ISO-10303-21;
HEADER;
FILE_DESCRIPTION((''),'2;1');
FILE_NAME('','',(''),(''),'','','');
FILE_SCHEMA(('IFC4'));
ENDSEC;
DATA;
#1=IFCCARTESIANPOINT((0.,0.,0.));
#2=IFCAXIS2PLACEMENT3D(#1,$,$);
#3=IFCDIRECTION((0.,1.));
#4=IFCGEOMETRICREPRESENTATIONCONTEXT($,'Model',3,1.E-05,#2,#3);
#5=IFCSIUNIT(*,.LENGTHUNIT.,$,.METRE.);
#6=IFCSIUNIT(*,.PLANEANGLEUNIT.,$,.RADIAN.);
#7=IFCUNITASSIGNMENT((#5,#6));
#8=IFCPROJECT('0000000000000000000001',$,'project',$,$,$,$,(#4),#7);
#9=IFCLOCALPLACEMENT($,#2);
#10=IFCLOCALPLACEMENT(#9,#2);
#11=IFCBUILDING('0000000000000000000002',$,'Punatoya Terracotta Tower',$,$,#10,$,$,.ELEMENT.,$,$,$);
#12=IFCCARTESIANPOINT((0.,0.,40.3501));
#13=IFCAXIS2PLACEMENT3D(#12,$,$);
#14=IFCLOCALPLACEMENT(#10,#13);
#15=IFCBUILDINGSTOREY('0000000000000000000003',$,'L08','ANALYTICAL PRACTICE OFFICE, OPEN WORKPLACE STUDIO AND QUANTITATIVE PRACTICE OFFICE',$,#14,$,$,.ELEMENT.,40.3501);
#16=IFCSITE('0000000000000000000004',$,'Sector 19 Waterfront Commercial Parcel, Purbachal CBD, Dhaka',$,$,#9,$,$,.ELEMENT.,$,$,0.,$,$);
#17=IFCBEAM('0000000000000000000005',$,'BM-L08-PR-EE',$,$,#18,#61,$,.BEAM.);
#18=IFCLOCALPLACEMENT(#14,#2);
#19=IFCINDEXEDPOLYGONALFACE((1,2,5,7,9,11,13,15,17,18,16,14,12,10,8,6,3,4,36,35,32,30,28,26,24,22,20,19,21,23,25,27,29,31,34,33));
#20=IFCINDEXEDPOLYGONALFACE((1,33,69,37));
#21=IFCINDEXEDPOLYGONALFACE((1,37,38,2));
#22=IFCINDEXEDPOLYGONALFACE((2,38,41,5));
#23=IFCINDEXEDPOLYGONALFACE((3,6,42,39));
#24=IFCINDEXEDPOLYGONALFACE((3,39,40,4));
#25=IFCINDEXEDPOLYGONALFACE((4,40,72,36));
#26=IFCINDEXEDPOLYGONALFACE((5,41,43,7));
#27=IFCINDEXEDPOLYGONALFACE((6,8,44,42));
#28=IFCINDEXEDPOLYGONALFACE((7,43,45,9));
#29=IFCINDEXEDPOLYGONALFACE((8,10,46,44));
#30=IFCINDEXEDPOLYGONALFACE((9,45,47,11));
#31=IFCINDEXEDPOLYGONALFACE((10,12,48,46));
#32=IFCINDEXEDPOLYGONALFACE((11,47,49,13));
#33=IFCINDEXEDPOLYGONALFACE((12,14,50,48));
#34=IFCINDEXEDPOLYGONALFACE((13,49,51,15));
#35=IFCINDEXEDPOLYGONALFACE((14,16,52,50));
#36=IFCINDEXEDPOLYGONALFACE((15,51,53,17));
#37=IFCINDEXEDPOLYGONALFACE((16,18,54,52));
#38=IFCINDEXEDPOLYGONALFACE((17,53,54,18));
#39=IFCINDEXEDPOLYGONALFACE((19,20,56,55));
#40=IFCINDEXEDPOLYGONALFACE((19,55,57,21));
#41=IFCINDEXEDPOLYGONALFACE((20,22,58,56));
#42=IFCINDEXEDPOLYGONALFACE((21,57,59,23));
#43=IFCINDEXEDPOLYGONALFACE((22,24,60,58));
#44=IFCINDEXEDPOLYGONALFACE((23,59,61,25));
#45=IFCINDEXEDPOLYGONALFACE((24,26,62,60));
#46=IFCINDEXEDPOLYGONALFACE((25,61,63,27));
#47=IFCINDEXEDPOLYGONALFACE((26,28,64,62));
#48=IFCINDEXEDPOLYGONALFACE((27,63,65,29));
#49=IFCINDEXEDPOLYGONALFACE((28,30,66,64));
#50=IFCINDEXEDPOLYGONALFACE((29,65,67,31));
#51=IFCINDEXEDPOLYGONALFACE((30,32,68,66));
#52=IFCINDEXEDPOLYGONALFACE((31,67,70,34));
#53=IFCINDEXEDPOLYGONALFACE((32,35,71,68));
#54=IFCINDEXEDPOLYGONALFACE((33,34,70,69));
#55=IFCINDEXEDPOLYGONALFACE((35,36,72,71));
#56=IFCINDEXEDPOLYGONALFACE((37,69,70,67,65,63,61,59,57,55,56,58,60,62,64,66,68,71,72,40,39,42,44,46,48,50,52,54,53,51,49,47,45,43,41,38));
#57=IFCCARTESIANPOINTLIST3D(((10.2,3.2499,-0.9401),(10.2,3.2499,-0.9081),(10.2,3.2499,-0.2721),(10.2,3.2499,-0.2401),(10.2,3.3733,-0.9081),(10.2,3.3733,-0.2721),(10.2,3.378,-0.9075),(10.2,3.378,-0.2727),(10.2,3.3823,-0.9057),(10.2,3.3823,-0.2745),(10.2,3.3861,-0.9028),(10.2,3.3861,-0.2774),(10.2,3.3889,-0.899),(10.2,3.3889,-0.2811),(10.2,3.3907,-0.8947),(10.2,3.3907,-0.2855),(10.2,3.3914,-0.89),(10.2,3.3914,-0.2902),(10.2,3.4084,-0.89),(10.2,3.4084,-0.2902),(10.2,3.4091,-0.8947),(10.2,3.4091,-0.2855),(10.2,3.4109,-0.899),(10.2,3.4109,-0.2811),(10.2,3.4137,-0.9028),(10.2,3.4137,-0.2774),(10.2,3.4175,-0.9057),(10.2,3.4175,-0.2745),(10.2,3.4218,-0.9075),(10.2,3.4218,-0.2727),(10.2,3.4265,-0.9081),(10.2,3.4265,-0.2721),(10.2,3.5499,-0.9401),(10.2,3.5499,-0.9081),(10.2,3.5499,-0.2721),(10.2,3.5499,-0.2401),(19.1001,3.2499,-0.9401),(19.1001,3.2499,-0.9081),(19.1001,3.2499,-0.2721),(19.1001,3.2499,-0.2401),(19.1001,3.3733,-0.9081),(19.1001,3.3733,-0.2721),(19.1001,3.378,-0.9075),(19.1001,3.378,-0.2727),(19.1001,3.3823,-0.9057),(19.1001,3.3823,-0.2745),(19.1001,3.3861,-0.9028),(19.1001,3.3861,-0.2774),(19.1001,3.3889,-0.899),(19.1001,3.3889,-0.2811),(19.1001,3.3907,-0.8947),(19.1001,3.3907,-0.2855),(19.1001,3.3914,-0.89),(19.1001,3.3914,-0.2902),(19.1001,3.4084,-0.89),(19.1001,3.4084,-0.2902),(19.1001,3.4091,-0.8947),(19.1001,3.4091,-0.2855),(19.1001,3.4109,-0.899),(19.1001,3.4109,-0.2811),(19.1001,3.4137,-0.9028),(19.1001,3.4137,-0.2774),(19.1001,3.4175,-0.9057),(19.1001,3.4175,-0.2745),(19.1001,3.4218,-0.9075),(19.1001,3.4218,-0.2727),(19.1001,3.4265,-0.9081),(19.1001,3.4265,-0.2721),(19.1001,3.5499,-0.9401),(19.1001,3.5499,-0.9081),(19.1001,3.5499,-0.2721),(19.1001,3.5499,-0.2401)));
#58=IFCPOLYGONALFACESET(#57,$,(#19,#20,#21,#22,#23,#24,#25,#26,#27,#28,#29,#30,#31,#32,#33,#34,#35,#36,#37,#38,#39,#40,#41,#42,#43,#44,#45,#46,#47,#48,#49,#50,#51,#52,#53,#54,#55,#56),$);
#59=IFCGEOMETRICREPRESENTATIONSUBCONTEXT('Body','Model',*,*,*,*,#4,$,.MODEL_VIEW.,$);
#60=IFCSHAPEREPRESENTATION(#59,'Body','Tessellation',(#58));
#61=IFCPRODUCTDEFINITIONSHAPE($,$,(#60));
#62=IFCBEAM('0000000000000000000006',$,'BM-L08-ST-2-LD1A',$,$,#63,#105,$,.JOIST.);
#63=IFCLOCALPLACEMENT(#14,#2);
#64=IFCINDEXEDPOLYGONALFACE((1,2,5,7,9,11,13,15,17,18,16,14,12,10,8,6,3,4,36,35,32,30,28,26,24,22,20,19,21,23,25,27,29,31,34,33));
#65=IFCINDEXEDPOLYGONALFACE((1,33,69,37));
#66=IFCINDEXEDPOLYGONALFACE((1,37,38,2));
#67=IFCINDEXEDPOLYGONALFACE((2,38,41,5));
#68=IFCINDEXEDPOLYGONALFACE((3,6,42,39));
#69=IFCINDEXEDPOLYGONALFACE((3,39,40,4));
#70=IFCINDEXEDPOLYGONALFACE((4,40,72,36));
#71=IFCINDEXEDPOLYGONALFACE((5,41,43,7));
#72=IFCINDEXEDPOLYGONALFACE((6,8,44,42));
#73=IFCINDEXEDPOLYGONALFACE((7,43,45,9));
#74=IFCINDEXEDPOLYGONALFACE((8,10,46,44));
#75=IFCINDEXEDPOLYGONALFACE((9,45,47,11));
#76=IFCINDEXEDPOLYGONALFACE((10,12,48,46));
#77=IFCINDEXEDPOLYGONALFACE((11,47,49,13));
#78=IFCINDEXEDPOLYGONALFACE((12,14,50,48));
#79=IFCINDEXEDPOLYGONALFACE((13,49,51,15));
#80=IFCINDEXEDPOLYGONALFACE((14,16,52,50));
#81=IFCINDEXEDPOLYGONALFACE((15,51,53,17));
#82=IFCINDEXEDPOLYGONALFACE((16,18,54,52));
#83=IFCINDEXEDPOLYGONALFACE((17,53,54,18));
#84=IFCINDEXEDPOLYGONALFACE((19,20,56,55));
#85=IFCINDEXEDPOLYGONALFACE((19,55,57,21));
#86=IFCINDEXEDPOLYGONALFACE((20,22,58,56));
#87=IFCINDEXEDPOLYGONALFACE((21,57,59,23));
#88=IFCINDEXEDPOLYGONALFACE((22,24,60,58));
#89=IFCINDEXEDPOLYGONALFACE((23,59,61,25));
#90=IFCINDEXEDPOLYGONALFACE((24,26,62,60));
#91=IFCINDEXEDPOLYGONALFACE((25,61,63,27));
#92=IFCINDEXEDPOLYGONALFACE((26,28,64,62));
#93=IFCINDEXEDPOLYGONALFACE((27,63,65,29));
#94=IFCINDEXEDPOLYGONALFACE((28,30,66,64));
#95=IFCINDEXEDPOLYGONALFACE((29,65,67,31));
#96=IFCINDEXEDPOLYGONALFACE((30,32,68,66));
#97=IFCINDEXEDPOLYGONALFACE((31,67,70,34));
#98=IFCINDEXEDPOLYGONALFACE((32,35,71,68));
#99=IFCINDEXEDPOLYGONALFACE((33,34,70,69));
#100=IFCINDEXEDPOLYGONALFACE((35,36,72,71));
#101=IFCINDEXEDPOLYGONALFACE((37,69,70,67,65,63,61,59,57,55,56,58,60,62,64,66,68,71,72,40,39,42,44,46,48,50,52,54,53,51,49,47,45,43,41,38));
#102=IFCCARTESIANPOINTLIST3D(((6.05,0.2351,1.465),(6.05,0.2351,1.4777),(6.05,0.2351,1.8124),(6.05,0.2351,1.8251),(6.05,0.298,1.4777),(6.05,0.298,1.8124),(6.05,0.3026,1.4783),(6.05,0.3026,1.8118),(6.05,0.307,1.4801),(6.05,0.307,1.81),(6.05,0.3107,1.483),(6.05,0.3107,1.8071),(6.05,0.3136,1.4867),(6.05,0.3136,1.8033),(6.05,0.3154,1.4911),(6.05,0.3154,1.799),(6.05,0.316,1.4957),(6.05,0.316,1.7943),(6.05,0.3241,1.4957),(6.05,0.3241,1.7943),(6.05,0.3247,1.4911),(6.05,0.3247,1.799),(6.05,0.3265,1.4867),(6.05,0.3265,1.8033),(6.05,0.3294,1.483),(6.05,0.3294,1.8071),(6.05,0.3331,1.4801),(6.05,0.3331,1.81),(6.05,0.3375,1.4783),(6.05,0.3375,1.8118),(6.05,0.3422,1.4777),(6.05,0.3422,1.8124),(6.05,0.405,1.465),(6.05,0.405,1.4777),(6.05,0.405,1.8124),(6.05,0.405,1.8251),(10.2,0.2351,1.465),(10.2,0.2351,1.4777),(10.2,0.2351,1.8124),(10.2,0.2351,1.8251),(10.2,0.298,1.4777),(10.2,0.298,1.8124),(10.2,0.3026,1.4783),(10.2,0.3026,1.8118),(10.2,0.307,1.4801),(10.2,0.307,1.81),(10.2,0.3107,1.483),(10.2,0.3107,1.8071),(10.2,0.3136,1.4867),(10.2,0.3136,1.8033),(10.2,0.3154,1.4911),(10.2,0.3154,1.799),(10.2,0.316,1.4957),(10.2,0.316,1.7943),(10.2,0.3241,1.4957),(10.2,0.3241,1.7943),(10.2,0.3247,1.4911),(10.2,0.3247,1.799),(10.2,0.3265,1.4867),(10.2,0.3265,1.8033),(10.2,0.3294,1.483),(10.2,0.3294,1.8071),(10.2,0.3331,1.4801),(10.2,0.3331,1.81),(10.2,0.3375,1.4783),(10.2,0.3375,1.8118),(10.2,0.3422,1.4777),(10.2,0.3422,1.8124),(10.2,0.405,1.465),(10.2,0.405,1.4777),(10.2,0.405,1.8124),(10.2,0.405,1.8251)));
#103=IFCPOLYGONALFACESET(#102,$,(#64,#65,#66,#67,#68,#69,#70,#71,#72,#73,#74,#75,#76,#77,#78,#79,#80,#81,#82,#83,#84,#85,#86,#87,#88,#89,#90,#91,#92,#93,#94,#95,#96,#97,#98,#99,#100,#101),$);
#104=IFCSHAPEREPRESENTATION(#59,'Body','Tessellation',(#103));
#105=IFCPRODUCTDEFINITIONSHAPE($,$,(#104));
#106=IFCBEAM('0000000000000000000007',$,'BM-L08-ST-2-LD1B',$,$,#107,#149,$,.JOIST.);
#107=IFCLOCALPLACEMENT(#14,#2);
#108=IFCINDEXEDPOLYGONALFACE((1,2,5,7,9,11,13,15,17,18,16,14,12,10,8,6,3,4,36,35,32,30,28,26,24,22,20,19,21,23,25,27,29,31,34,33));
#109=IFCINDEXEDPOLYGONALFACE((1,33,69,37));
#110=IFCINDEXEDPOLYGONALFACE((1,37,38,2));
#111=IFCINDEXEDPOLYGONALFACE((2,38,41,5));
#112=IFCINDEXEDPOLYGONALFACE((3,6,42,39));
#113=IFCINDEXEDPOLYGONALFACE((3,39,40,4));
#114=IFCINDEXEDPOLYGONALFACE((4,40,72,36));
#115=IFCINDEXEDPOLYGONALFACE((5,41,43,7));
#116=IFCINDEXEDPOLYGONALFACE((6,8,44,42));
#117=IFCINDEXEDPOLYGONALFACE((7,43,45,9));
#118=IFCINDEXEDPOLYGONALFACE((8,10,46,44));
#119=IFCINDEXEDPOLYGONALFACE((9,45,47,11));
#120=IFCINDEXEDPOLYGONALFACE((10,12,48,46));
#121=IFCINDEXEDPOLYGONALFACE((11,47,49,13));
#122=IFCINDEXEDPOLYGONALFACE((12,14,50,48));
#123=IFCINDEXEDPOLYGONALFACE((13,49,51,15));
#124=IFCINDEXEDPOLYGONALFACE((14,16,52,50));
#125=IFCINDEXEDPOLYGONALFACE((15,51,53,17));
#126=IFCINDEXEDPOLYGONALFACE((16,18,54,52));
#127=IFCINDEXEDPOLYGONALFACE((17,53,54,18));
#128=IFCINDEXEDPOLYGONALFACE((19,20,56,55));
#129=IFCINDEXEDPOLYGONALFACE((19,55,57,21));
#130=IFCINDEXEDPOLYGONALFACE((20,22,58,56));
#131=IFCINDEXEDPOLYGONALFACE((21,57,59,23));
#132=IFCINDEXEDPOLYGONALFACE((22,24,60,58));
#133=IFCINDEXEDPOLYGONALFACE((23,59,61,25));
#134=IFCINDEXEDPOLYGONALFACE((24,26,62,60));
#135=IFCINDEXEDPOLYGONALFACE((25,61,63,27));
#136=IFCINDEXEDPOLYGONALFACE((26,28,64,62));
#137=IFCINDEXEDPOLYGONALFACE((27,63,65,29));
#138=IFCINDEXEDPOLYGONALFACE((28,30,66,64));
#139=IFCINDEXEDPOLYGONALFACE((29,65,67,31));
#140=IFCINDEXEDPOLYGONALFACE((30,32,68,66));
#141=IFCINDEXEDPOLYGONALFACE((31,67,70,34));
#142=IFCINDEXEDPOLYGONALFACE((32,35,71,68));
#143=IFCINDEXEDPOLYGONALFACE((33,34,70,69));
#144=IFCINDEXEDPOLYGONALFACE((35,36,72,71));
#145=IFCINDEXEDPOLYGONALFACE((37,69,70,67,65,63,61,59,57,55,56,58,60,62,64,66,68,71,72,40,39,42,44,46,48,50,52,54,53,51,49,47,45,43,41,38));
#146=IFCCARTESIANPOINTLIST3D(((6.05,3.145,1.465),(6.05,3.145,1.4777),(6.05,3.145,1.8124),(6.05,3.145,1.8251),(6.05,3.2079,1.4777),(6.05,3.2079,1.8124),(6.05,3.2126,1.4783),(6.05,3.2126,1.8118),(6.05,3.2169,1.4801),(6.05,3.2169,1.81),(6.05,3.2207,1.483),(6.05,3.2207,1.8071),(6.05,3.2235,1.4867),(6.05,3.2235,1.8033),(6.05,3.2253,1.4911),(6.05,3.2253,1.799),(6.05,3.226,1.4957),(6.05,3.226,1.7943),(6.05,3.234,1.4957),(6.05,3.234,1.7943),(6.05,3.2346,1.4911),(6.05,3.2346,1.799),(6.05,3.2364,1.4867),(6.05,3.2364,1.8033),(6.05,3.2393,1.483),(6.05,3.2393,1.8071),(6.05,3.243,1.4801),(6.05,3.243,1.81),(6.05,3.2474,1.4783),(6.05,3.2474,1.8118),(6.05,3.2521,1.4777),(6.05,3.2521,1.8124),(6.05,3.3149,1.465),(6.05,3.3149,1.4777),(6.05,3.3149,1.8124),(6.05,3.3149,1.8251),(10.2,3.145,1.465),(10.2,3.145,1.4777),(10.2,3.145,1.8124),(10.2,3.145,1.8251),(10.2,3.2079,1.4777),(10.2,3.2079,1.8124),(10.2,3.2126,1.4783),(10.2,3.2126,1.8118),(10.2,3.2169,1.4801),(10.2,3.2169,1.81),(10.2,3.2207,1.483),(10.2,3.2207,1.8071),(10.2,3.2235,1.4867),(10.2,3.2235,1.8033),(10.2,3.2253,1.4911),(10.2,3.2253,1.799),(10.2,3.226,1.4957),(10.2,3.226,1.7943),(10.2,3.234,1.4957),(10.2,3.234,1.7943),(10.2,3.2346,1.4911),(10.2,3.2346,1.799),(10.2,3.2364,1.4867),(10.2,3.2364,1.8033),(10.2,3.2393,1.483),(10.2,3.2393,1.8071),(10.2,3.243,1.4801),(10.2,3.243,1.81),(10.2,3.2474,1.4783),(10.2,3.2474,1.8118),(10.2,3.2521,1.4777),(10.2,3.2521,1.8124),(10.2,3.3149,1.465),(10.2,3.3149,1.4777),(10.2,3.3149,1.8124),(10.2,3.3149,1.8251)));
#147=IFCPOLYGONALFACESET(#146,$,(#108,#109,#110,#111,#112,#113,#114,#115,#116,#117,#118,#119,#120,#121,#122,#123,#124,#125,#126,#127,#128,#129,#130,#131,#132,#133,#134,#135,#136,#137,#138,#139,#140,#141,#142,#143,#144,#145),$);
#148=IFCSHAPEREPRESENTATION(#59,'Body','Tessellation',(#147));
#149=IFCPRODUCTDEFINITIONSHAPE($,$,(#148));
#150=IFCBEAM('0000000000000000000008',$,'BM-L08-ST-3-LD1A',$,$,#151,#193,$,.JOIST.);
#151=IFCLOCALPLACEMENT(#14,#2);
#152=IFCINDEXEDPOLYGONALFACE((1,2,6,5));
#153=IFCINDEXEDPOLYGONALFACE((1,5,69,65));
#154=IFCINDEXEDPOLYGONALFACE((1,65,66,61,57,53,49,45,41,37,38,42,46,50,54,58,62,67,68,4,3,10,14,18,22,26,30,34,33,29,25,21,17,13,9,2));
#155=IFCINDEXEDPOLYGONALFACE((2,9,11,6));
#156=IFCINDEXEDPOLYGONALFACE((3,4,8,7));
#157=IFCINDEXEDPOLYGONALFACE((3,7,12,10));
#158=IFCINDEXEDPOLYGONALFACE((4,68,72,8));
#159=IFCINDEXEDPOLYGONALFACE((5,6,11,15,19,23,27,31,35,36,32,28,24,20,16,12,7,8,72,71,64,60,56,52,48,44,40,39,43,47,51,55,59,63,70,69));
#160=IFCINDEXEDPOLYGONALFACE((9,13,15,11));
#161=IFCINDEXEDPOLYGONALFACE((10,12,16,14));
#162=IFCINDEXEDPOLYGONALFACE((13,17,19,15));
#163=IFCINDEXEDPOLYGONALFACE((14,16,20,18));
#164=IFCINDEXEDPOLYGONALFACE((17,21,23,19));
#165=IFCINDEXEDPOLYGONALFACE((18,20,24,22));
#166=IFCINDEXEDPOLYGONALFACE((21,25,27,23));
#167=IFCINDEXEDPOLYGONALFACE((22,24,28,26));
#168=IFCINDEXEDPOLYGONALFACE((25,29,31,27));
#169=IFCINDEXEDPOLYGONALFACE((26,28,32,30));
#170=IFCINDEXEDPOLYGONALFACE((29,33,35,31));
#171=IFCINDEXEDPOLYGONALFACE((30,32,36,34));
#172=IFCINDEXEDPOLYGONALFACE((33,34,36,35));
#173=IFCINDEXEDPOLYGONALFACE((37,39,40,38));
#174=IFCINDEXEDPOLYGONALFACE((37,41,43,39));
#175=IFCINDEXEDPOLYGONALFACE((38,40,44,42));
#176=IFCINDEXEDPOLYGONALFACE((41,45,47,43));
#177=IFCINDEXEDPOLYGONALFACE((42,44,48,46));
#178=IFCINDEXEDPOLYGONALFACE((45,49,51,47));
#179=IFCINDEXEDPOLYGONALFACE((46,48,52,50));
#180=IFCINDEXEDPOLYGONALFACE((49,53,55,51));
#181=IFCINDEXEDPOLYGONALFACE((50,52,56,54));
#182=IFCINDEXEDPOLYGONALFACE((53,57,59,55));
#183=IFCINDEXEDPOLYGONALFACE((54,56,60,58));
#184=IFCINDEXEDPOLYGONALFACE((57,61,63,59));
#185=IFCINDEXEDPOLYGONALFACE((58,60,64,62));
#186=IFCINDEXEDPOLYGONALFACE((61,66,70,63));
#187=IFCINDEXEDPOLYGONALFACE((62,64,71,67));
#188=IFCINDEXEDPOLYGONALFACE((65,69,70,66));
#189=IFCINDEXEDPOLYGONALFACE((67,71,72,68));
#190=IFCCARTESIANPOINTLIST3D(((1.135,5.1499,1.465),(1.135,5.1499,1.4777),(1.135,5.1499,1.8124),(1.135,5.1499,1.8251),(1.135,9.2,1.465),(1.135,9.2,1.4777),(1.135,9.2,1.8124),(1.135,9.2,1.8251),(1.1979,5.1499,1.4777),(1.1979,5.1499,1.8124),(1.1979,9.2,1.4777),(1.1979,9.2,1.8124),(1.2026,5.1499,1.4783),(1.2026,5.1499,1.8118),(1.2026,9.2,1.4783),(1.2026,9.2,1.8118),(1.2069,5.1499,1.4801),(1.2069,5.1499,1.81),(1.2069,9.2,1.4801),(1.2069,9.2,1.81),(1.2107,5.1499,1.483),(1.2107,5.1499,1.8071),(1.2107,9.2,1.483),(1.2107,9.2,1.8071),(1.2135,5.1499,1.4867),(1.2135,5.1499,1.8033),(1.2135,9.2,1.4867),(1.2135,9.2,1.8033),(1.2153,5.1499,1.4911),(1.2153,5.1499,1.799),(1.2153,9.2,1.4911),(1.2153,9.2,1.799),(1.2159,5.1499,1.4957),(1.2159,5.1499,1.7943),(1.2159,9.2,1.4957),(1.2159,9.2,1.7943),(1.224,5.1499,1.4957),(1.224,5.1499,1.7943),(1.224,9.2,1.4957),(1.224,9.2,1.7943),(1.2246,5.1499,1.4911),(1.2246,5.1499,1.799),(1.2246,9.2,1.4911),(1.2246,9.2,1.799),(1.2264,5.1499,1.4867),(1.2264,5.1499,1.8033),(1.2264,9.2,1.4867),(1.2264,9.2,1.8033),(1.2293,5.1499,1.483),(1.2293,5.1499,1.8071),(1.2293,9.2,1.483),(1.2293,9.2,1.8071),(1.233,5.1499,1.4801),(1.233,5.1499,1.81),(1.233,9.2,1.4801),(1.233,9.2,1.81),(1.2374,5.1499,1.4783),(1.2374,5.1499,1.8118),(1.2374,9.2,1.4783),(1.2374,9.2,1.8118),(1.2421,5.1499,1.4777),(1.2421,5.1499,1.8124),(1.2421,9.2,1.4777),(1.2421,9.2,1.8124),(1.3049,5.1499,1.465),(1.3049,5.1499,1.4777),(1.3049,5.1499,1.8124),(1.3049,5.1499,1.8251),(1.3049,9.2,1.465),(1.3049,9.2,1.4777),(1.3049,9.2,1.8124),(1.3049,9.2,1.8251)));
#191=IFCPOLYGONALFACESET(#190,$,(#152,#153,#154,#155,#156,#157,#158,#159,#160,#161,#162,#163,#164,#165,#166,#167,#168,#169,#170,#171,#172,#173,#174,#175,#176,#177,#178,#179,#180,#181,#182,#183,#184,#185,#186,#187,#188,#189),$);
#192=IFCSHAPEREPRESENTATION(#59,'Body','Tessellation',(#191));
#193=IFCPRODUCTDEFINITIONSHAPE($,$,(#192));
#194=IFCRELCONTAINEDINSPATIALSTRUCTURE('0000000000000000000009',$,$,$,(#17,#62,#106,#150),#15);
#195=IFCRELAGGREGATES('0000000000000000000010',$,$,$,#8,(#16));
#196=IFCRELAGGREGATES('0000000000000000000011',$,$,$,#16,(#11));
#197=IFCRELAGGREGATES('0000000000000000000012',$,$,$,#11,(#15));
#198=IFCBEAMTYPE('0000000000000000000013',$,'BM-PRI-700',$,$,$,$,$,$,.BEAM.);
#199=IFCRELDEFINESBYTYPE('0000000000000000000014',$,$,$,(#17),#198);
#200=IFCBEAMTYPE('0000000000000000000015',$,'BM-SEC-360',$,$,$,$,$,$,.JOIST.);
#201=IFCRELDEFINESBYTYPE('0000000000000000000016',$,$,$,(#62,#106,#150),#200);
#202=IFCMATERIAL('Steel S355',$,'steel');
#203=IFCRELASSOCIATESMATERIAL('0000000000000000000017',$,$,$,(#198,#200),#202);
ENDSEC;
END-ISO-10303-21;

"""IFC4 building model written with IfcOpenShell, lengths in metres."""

from ifc_helpers import new_model, si_unit, direction, frame, origin, origin_2d, place, context, subcontext, project, spatial, i_section, extrude, material, material_profile, profile_set, type_object, element, save


model = new_model("IFC4")

# Units and contexts
model_context = context("Model", 3, precision=1e-05, world=origin(), true_north=direction((0.0, 1.0)))
body_context = subcontext(model_context, "Body", "Model", "MODEL_VIEW")
ifc_project = project(units=[si_unit("LENGTHUNIT", "METRE"), si_unit("PLANEANGLEUNIT", "RADIAN")], contexts=[model_context])

# Site, building, storey
site_placement = place(None, origin())
site = spatial("IfcSite", under=ifc_project, at=site_placement, Name="Sector 19 Waterfront Commercial Parcel, Purbachal CBD, Dhaka", CompositionType="ELEMENT", RefElevation=0.0)
building_placement = place(site_placement, origin())
building = spatial("IfcBuilding", under=site, at=building_placement, Name="Punatoya Terracotta Tower", CompositionType="ELEMENT")
storey_placement = place(building_placement, frame((0.0, 0.0, 40.3501)))
storey = spatial("IfcBuildingStorey", under=building, at=storey_placement, Name="L08", Description="ANALYTICAL PRACTICE OFFICE, OPEN WORKPLACE STUDIO AND QUANTITATIVE PRACTICE OFFICE", CompositionType="ELEMENT", Elevation=40.3501)

# Beams
ifc_material_1 = material(Name="Steel S355", Category="steel")
ifc_material_profile_1 = material_profile(ifc_material_1, i_section(OverallWidth=0.3, OverallDepth=0.7, WebThickness=0.0171, FlangeThickness=0.032, FilletRadius=0.0181, at=origin_2d()))
ifc_profile_set_1 = profile_set([ifc_material_profile_1], Name="Steel S355")
beam_type_1 = type_object("IfcBeamType", Name="BM-PRI-700", PredefinedType="BEAM", material=ifc_profile_set_1)
beam_placement = place(storey_placement, frame((10.2, 3.3999, -0.5901), z_axis=(1.0, 0.0, 0.0), x_axis=(0.0, 1.0, 0.0)))
element("IfcBeam", 1, at=beam_placement, inside=storey, type_object=beam_type_1, Name="BM-L08-PR-EE", PredefinedType="BEAM", context=body_context, shape_type="SweptSolid", body=[
    extrude(i_section(OverallWidth=0.3, OverallDepth=0.7, WebThickness=0.0171, FlangeThickness=0.032, FilletRadius=0.0181, at=origin_2d()), origin(), (0.0, 0.0, 1.0), 8.9001),
])
ifc_material_profile_2 = material_profile(ifc_material_1, i_section(OverallWidth=0.1699, OverallDepth=0.3601, WebThickness=0.0081, FlangeThickness=0.0127, FilletRadius=0.0181, at=origin_2d()))
ifc_profile_set_2 = profile_set([ifc_material_profile_2], Name="Steel S355")
beam_type_2 = type_object("IfcBeamType", Name="BM-SEC-360", PredefinedType="JOIST", material=ifc_profile_set_2)
for number, where, z_axis, x_axis, name in (
    (2, (6.05, 0.3201, 1.645), (1.0, 0.0, 0.0), (0.0, 1.0, 0.0), "BM-L08-ST-2-LD1A"),
    (3, (6.05, 3.23, 1.645), (1.0, 0.0, 0.0), (0.0, 1.0, 0.0), "BM-L08-ST-2-LD1B"),
):
    element("IfcBeam", number, at=place(storey_placement, frame(where, z_axis=z_axis, x_axis=x_axis)), inside=storey, type_object=beam_type_2, Name=name, PredefinedType="JOIST", context=body_context, shape_type="SweptSolid", body=[
        extrude(i_section(OverallWidth=0.1699, OverallDepth=0.3601, WebThickness=0.0081, FlangeThickness=0.0127, FilletRadius=0.0181, at=origin_2d()), origin(), (0.0, 0.0, 1.0), 4.1499),
    ])
for number, where, z_axis, x_axis, name in (
    (4, (1.22, 5.1499, 1.645), (0.0, 1.0, 0.0), (-1.0, 0.0, 0.0), "BM-L08-ST-3-LD1A"),
):
    element("IfcBeam", number, at=place(storey_placement, frame(where, z_axis=z_axis, x_axis=x_axis)), inside=storey, type_object=beam_type_2, Name=name, PredefinedType="JOIST", context=body_context, shape_type="SweptSolid", body=[
        extrude(i_section(OverallWidth=0.1699, OverallDepth=0.3601, WebThickness=0.0081, FlangeThickness=0.0127, FilletRadius=0.0181, at=origin_2d()), origin(), (0.0, 0.0, 1.0), 4.05),
    ])

save(model, "model.ifc")
